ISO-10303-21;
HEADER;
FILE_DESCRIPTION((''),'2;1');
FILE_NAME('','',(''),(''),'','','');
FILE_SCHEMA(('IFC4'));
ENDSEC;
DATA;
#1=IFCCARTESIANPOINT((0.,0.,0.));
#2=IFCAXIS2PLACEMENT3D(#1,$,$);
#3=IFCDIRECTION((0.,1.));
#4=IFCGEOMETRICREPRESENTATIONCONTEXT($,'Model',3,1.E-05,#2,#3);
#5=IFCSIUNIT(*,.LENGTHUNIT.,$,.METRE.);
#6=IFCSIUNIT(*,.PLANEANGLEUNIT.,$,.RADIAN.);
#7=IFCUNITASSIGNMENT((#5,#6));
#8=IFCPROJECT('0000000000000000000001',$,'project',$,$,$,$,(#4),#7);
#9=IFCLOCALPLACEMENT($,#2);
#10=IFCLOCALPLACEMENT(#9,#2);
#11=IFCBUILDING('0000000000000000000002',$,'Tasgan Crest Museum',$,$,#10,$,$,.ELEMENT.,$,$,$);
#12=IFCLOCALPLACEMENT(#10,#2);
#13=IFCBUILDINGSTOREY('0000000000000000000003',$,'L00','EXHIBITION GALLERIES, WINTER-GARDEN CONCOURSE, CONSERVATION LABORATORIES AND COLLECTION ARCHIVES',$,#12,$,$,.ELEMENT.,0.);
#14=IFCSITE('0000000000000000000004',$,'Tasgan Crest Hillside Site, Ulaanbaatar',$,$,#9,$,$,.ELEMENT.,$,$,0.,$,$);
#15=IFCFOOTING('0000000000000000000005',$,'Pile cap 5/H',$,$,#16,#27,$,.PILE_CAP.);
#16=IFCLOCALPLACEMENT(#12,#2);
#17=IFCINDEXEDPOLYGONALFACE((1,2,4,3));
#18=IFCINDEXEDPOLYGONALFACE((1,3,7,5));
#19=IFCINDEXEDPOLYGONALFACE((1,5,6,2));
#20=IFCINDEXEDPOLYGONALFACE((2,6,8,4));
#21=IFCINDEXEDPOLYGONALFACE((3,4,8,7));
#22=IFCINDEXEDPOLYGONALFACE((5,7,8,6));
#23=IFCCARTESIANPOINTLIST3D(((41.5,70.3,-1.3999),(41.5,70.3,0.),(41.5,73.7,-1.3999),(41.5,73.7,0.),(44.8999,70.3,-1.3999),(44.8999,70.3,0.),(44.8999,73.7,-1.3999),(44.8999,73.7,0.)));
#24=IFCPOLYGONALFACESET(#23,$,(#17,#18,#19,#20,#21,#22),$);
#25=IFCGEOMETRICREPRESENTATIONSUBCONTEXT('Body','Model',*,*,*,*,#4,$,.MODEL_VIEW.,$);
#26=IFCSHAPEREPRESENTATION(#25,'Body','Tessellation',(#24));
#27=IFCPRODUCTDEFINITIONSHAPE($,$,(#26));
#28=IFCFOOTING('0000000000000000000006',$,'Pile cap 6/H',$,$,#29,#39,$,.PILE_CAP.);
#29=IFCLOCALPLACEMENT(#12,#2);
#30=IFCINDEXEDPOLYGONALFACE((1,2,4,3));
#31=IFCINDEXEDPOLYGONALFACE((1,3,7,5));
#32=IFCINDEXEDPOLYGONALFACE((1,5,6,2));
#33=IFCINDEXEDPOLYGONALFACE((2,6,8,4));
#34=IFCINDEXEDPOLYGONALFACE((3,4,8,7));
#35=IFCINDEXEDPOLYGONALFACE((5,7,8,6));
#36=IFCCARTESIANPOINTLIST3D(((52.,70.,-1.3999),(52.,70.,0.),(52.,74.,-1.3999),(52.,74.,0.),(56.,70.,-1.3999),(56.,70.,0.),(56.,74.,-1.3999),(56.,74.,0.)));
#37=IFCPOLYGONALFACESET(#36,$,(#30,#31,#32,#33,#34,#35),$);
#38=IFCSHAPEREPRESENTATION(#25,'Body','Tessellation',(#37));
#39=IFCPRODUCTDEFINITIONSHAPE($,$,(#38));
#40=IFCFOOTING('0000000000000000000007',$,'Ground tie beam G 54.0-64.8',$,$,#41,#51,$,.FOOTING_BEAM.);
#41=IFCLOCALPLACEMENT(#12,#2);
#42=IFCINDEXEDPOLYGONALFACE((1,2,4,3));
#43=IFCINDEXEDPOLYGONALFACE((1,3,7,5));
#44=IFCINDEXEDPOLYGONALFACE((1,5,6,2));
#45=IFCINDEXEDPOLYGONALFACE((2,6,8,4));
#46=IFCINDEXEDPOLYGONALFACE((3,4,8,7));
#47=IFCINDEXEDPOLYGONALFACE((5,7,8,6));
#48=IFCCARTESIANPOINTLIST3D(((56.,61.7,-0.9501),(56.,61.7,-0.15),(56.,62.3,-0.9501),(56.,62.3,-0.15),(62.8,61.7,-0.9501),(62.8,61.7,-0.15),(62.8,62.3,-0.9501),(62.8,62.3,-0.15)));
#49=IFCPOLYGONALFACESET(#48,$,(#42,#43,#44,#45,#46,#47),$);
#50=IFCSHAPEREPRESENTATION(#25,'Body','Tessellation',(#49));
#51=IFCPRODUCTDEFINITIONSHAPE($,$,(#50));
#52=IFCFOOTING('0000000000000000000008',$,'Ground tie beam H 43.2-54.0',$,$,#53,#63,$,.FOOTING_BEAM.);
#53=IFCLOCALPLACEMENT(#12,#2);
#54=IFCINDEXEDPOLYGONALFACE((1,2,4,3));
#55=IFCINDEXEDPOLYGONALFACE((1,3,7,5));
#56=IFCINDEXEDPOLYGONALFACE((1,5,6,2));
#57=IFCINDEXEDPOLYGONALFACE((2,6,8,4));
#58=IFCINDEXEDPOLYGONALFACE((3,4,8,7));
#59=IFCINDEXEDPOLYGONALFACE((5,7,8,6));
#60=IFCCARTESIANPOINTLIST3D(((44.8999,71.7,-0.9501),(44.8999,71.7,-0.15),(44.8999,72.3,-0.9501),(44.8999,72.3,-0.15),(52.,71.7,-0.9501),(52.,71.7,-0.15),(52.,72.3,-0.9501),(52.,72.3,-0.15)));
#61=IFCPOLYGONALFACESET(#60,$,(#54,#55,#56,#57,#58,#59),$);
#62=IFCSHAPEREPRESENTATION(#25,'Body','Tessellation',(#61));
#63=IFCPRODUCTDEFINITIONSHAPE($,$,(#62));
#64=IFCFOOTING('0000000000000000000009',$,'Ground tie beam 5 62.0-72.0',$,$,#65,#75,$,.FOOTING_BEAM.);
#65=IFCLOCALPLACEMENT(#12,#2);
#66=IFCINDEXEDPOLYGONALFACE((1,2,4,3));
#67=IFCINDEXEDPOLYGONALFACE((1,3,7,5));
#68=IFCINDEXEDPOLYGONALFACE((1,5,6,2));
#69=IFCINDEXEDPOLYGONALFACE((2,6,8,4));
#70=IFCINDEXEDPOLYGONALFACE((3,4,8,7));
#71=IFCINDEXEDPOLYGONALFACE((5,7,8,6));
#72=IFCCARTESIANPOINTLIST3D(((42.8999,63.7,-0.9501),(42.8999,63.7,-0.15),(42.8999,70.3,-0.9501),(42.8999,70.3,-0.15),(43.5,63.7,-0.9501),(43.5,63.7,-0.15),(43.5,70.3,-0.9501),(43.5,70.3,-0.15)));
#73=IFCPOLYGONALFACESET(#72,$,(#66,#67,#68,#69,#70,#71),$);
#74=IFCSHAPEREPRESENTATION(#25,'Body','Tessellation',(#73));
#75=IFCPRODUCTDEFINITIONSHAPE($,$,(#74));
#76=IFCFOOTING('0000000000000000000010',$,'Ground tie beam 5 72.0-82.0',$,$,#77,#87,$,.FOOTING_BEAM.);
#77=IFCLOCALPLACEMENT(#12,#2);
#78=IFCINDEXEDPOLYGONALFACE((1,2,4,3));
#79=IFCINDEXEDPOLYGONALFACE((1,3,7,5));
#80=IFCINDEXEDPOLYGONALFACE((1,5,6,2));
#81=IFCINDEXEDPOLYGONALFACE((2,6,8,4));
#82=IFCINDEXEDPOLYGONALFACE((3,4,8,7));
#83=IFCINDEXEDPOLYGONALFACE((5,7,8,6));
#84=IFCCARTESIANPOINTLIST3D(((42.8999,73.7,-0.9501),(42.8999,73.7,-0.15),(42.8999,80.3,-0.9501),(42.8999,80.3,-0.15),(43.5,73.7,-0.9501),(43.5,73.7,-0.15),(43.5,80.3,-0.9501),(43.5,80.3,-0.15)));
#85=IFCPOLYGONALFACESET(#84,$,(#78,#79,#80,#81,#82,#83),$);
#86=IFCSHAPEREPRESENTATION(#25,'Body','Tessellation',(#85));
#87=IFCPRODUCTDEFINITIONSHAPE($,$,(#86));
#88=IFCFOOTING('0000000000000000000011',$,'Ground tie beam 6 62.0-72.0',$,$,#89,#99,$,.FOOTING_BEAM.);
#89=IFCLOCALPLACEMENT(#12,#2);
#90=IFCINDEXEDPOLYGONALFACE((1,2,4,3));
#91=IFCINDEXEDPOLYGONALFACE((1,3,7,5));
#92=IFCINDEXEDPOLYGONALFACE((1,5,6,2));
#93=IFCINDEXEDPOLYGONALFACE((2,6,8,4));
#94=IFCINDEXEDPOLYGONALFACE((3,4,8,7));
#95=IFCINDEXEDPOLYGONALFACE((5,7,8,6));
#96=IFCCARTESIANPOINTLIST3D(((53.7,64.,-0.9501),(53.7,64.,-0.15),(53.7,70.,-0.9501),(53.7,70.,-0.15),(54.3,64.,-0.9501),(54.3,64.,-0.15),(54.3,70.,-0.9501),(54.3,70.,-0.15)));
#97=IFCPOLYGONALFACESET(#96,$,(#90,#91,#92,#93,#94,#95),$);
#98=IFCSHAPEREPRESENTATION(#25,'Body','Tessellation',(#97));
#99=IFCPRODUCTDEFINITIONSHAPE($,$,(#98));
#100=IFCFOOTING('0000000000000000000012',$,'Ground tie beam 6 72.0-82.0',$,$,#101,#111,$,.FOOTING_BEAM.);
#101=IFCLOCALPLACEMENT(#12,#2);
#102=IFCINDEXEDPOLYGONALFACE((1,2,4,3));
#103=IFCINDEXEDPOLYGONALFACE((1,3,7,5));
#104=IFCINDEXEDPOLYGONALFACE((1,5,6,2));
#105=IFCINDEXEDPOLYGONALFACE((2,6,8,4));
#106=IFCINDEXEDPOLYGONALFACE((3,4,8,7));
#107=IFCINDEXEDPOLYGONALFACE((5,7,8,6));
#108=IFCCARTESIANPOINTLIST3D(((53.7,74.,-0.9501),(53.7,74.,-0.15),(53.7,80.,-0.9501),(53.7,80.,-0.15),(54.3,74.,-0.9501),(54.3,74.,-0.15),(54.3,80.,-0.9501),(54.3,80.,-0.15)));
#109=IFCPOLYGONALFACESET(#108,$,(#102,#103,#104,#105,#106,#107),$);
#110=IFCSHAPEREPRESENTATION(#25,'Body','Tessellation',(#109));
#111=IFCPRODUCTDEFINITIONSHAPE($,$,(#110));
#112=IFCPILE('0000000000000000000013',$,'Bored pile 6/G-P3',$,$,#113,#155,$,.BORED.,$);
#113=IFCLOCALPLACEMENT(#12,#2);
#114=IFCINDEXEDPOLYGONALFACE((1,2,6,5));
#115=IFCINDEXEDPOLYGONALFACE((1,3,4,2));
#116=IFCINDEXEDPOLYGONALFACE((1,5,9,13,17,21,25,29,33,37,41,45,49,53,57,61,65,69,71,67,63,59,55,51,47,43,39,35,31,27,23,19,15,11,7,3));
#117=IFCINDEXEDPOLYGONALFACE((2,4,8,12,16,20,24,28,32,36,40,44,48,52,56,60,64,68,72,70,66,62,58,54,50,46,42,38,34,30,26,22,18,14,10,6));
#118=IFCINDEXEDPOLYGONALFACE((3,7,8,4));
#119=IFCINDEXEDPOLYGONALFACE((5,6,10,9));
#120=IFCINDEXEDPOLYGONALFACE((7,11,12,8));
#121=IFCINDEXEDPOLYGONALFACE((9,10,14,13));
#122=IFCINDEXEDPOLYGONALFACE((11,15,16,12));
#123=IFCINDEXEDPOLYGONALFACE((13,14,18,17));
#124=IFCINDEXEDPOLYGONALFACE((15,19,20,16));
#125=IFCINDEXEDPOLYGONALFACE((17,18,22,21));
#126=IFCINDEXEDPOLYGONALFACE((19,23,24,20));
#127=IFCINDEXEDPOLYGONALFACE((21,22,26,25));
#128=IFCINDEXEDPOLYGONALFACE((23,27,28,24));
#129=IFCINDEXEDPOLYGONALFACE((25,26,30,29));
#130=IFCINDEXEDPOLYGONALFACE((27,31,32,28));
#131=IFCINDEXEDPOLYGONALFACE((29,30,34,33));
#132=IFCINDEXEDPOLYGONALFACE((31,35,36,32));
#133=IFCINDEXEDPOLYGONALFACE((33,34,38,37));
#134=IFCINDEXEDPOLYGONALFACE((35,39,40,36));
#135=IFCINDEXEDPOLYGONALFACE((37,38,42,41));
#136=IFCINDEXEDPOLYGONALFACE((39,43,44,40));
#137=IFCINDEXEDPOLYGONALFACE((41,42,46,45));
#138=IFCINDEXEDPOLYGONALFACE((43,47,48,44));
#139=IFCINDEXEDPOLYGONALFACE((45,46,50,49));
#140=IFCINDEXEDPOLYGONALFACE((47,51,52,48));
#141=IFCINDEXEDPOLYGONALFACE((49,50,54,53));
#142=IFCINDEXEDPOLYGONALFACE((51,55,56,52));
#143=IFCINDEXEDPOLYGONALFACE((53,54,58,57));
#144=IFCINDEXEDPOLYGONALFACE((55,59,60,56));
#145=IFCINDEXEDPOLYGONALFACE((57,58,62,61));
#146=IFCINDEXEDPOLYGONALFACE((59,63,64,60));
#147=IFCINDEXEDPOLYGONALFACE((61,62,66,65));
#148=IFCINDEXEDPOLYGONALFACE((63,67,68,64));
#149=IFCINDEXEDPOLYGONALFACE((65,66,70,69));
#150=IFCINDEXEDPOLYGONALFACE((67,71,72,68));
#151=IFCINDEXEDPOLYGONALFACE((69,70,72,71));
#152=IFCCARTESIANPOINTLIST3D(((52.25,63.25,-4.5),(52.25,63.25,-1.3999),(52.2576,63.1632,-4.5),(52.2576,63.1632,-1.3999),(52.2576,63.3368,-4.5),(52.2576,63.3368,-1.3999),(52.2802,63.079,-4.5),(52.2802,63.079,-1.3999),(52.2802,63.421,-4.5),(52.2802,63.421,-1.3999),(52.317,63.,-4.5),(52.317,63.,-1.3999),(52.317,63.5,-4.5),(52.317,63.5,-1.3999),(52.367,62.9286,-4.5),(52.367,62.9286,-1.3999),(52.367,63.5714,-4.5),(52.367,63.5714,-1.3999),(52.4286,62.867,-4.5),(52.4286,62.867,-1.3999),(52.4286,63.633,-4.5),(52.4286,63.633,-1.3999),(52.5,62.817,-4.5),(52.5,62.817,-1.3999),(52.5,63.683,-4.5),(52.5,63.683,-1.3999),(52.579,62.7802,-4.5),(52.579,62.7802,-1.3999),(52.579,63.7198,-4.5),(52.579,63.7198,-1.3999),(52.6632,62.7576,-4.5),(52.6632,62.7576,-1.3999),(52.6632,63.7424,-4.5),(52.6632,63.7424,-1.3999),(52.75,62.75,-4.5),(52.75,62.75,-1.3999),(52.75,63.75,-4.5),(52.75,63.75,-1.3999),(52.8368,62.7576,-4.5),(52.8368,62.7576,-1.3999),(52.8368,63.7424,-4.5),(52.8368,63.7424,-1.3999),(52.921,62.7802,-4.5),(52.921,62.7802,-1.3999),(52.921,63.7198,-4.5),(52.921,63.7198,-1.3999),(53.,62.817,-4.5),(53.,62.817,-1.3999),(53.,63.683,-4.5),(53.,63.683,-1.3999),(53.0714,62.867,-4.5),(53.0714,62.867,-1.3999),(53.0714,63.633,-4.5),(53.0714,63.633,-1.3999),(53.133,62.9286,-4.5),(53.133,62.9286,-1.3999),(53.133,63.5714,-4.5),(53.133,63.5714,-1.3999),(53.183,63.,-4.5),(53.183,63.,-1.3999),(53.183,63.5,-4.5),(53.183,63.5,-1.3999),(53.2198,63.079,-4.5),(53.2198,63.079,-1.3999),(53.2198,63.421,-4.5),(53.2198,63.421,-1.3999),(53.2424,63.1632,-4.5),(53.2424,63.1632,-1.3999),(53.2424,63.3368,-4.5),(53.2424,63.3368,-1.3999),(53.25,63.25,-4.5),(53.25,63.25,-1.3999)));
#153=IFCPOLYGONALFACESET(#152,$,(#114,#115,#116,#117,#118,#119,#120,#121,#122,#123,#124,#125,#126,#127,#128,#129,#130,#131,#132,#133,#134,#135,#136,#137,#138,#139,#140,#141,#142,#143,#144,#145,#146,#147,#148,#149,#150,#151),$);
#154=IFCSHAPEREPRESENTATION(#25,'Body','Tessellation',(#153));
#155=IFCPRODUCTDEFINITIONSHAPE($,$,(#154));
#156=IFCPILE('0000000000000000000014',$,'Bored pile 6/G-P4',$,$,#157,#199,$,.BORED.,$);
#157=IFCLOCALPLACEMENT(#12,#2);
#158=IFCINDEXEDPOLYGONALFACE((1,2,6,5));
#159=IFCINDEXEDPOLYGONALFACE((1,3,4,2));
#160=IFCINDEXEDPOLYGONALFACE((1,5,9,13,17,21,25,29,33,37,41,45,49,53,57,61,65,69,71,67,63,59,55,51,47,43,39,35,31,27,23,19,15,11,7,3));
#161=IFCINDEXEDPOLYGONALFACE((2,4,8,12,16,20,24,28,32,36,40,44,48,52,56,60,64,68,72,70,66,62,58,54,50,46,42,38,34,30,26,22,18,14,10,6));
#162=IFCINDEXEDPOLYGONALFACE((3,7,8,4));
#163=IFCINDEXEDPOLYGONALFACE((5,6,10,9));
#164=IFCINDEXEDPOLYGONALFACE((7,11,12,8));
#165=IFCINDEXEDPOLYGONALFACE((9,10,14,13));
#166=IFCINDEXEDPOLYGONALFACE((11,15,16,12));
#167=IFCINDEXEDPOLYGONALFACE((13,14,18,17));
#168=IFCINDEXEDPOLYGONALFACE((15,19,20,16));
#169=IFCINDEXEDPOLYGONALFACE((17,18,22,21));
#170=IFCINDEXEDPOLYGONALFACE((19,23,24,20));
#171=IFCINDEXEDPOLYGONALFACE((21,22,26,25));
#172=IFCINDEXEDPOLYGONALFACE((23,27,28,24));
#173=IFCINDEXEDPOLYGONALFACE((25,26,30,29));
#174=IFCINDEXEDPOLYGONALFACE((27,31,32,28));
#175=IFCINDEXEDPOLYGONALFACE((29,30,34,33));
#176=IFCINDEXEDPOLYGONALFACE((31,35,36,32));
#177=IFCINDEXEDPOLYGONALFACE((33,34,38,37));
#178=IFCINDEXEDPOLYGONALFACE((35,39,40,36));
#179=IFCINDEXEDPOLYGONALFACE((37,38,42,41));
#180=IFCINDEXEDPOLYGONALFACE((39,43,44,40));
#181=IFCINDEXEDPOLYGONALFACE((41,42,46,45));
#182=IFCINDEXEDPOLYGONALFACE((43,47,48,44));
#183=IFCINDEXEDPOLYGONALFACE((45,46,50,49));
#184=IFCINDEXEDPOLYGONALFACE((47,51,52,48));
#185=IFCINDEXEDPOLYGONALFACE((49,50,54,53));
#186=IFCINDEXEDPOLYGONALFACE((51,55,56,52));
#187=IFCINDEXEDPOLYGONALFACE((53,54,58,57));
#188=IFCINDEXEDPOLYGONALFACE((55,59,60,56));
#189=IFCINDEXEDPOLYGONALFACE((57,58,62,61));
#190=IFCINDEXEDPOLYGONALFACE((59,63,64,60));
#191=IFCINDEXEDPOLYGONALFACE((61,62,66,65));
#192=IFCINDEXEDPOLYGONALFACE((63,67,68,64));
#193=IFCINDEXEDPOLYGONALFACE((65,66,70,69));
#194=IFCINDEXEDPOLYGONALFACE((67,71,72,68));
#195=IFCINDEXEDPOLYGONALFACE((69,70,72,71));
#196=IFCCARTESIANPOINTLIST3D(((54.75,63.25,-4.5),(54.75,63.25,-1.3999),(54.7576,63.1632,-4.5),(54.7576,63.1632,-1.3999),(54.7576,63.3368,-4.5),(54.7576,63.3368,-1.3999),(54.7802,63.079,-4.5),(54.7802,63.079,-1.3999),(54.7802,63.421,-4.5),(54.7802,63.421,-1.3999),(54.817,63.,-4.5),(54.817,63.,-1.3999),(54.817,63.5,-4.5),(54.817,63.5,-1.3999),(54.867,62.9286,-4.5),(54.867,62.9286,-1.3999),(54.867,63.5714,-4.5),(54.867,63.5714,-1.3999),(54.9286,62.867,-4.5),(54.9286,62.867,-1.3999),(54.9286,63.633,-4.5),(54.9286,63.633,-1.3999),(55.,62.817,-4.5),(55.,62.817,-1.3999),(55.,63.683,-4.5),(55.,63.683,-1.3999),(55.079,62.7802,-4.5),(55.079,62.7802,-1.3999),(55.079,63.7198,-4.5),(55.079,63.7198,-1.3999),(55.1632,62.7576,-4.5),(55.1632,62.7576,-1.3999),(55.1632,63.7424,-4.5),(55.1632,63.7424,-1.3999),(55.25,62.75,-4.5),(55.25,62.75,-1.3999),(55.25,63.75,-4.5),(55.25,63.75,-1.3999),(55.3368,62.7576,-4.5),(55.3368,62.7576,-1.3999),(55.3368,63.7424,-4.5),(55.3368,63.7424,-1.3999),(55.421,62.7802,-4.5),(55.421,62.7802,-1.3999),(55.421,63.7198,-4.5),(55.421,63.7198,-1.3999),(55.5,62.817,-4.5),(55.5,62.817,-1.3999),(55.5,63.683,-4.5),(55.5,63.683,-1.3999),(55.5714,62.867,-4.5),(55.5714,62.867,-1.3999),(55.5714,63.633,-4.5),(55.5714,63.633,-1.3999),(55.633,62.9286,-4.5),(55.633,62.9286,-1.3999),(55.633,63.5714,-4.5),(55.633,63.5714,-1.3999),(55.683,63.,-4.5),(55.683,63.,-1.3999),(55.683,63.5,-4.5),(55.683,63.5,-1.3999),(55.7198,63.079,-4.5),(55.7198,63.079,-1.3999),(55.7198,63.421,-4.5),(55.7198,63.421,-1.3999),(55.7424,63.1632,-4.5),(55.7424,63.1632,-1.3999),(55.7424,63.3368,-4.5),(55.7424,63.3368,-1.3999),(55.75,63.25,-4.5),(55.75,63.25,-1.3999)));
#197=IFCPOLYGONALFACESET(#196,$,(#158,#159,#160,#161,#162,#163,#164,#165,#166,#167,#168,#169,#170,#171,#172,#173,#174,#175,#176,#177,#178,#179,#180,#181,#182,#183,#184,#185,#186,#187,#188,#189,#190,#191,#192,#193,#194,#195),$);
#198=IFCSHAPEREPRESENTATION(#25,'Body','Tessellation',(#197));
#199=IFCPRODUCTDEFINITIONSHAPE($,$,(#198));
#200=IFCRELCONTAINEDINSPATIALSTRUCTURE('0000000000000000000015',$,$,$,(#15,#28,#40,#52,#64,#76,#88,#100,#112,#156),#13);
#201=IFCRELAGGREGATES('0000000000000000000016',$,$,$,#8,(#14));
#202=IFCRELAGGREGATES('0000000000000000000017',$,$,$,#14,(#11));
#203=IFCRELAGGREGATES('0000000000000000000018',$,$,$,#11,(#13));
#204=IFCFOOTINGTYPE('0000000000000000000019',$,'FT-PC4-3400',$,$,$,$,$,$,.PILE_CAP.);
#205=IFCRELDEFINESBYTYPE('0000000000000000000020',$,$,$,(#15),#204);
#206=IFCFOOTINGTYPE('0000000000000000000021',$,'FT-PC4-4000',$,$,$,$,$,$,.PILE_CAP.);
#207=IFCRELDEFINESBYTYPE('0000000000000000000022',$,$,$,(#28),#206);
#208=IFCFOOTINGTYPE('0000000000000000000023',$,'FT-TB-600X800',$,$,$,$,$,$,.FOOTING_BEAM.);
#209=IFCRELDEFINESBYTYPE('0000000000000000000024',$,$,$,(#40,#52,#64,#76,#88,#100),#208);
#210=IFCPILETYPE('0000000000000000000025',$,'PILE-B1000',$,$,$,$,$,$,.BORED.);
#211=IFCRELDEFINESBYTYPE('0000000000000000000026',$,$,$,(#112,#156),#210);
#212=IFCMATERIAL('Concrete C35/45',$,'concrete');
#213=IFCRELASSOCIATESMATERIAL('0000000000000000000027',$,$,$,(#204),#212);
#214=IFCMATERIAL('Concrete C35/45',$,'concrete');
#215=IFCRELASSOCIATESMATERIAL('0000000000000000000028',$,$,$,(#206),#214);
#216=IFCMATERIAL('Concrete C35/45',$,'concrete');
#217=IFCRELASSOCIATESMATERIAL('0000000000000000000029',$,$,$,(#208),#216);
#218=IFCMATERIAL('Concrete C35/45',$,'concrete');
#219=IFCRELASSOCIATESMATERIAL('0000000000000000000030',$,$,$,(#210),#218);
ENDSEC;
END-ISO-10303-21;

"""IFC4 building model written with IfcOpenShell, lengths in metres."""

from ifc_helpers import new_model, si_unit, direction, frame, origin, origin_2d, place, context, subcontext, project, spatial, rectangle, circle, extrude, material, material_profile, profile_set, type_object, element, save


model = new_model("IFC4")

# Units and contexts
model_context = context("Model", 3, precision=1e-05, world=origin(), true_north=direction((0.0, 1.0)))
body_context = subcontext(model_context, "Body", "Model", "MODEL_VIEW")
ifc_project = project(units=[si_unit("LENGTHUNIT", "METRE"), si_unit("PLANEANGLEUNIT", "RADIAN")], contexts=[model_context])

# Site, building, storey
site_placement = place(None, origin())
site = spatial("IfcSite", under=ifc_project, at=site_placement, Name="Tasgan Crest Hillside Site, Ulaanbaatar", CompositionType="ELEMENT", RefElevation=0.0)
building_placement = place(site_placement, origin())
building = spatial("IfcBuilding", under=site, at=building_placement, Name="Tasgan Crest Museum", CompositionType="ELEMENT")
storey_placement = place(building_placement, origin())
storey = spatial("IfcBuildingStorey", under=building, at=storey_placement, Name="L00", Description="EXHIBITION GALLERIES, WINTER-GARDEN CONCOURSE, CONSERVATION LABORATORIES AND COLLECTION ARCHIVES", CompositionType="ELEMENT", Elevation=0.0)

# Footings
ifc_material_1 = material(Name="Concrete C35/45", Category="concrete")
footing_type_1 = type_object("IfcFootingType", Name="FT-PC4-3400", PredefinedType="PILE_CAP", material=ifc_material_1)
footing_1_placement = place(storey_placement, frame((43.2, 72.0, -1.3999), z_axis=(0.0, 0.0, 1.0), x_axis=(1.0, 0.0, 0.0)))
element("IfcFooting", 1, at=footing_1_placement, inside=storey, type_object=footing_type_1, Name="Pile cap 5/H", PredefinedType="PILE_CAP", context=body_context, shape_type="SweptSolid", body=[
    extrude(rectangle(XDim=3.3999, YDim=3.3999, at=origin_2d()), origin(), (0.0, 0.0, 1.0), 1.3999),
])
ifc_material_2 = material(Name="Concrete C35/45", Category="concrete")
footing_type_2 = type_object("IfcFootingType", Name="FT-PC4-4000", PredefinedType="PILE_CAP", material=ifc_material_2)
footing_2_placement = place(storey_placement, frame((54.0, 72.0, -1.3999), z_axis=(0.0, 0.0, 1.0), x_axis=(1.0, 0.0, 0.0)))
element("IfcFooting", 2, at=footing_2_placement, inside=storey, type_object=footing_type_2, Name="Pile cap 6/H", PredefinedType="PILE_CAP", context=body_context, shape_type="SweptSolid", body=[
    extrude(rectangle(XDim=4.0, YDim=4.0, at=origin_2d()), origin(), (0.0, 0.0, 1.0), 1.3999),
])
ifc_material_3 = material(Name="Concrete C35/45", Category="concrete")
ifc_material_profile_1 = material_profile(ifc_material_3, rectangle(XDim=0.6001, YDim=0.8, at=origin_2d()), Name="TB 600x800")
ifc_profile_set_1 = profile_set([ifc_material_profile_1], Name="Concrete C35/45")
footing_type_3 = type_object("IfcFootingType", Name="FT-TB-600X800", PredefinedType="FOOTING_BEAM", material=ifc_profile_set_1)
footing_3_placement = place(storey_placement, frame((56.0, 62.0, -0.55), z_axis=(1.0, 0.0, 0.0), x_axis=(0.0, 1.0, 0.0)))
element("IfcFooting", 3, at=footing_3_placement, inside=storey, type_object=footing_type_3, Name="Ground tie beam G 54.0-64.8", PredefinedType="FOOTING_BEAM", context=body_context, shape_type="SweptSolid", body=[
    extrude(rectangle(XDim=0.6001, YDim=0.8, at=origin_2d()), origin(), (0.0, 0.0, 1.0), 6.8),
])
footing_4_placement = place(storey_placement, frame((44.8999, 72.0, -0.55), z_axis=(1.0, 0.0, 0.0), x_axis=(0.0, 1.0, 0.0)))
element("IfcFooting", 4, at=footing_4_placement, inside=storey, type_object=footing_type_3, Name="Ground tie beam H 43.2-54.0", PredefinedType="FOOTING_BEAM", context=body_context, shape_type="SweptSolid", body=[
    extrude(rectangle(XDim=0.6001, YDim=0.8, at=origin_2d()), origin(), (0.0, 0.0, 1.0), 7.1001),
])
for number, where, z_axis, x_axis, name in (
    (5, (43.2, 63.7, -0.55), (0.0, 1.0, 0.0), (-1.0, 0.0, 0.0), "Ground tie beam 5 62.0-72.0"),
    (6, (43.2, 73.7, -0.55), (0.0, 1.0, 0.0), (-1.0, 0.0, 0.0), "Ground tie beam 5 72.0-82.0"),
):
    element("IfcFooting", number, at=place(storey_placement, frame(where, z_axis=z_axis, x_axis=x_axis)), inside=storey, type_object=footing_type_3, Name=name, PredefinedType="FOOTING_BEAM", context=body_context, shape_type="SweptSolid", body=[
        extrude(rectangle(XDim=0.6001, YDim=0.8, at=origin_2d()), origin(), (0.0, 0.0, 1.0), 6.6001),
    ])
for number, where, z_axis, x_axis, name in (
    (7, (54.0, 64.0, -0.55), (0.0, 1.0, 0.0), (-1.0, 0.0, 0.0), "Ground tie beam 6 62.0-72.0"),
    (8, (54.0, 74.0, -0.55), (0.0, 1.0, 0.0), (-1.0, 0.0, 0.0), "Ground tie beam 6 72.0-82.0"),
):
    element("IfcFooting", number, at=place(storey_placement, frame(where, z_axis=z_axis, x_axis=x_axis)), inside=storey, type_object=footing_type_3, Name=name, PredefinedType="FOOTING_BEAM", context=body_context, shape_type="SweptSolid", body=[
        extrude(rectangle(XDim=0.6001, YDim=0.8, at=origin_2d()), origin(), (0.0, 0.0, 1.0), 6.0),
    ])

# Piles
ifc_material_4 = material(Name="Concrete C35/45", Category="concrete")
ifc_material_profile_2 = material_profile(ifc_material_4, circle(Radius=0.5, at=origin_2d()), Name="PILE D1000")
ifc_profile_set_2 = profile_set([ifc_material_profile_2], Name="Concrete C35/45")
pile_type_1 = type_object("IfcPileType", Name="PILE-B1000", PredefinedType="BORED", material=ifc_profile_set_2)
for number, where, z_axis, x_axis, name in (
    (9, (52.75, 63.25, -1.3999), (0.0, 0.0, -1.0), (1.0, 0.0, 0.0), "Bored pile 6/G-P3"),
    (10, (55.25, 63.25, -1.3999), (0.0, 0.0, -1.0), (1.0, 0.0, 0.0), "Bored pile 6/G-P4"),
):
    element("IfcPile", number, at=place(storey_placement, frame(where, z_axis=z_axis, x_axis=x_axis)), inside=storey, type_object=pile_type_1, Name=name, PredefinedType="BORED", context=body_context, shape_type="SweptSolid", body=[
        extrude(circle(Radius=0.5, at=origin_2d()), origin(), (0.0, 0.0, 1.0), 3.1001),
    ])

save(model, "model.ifc")
